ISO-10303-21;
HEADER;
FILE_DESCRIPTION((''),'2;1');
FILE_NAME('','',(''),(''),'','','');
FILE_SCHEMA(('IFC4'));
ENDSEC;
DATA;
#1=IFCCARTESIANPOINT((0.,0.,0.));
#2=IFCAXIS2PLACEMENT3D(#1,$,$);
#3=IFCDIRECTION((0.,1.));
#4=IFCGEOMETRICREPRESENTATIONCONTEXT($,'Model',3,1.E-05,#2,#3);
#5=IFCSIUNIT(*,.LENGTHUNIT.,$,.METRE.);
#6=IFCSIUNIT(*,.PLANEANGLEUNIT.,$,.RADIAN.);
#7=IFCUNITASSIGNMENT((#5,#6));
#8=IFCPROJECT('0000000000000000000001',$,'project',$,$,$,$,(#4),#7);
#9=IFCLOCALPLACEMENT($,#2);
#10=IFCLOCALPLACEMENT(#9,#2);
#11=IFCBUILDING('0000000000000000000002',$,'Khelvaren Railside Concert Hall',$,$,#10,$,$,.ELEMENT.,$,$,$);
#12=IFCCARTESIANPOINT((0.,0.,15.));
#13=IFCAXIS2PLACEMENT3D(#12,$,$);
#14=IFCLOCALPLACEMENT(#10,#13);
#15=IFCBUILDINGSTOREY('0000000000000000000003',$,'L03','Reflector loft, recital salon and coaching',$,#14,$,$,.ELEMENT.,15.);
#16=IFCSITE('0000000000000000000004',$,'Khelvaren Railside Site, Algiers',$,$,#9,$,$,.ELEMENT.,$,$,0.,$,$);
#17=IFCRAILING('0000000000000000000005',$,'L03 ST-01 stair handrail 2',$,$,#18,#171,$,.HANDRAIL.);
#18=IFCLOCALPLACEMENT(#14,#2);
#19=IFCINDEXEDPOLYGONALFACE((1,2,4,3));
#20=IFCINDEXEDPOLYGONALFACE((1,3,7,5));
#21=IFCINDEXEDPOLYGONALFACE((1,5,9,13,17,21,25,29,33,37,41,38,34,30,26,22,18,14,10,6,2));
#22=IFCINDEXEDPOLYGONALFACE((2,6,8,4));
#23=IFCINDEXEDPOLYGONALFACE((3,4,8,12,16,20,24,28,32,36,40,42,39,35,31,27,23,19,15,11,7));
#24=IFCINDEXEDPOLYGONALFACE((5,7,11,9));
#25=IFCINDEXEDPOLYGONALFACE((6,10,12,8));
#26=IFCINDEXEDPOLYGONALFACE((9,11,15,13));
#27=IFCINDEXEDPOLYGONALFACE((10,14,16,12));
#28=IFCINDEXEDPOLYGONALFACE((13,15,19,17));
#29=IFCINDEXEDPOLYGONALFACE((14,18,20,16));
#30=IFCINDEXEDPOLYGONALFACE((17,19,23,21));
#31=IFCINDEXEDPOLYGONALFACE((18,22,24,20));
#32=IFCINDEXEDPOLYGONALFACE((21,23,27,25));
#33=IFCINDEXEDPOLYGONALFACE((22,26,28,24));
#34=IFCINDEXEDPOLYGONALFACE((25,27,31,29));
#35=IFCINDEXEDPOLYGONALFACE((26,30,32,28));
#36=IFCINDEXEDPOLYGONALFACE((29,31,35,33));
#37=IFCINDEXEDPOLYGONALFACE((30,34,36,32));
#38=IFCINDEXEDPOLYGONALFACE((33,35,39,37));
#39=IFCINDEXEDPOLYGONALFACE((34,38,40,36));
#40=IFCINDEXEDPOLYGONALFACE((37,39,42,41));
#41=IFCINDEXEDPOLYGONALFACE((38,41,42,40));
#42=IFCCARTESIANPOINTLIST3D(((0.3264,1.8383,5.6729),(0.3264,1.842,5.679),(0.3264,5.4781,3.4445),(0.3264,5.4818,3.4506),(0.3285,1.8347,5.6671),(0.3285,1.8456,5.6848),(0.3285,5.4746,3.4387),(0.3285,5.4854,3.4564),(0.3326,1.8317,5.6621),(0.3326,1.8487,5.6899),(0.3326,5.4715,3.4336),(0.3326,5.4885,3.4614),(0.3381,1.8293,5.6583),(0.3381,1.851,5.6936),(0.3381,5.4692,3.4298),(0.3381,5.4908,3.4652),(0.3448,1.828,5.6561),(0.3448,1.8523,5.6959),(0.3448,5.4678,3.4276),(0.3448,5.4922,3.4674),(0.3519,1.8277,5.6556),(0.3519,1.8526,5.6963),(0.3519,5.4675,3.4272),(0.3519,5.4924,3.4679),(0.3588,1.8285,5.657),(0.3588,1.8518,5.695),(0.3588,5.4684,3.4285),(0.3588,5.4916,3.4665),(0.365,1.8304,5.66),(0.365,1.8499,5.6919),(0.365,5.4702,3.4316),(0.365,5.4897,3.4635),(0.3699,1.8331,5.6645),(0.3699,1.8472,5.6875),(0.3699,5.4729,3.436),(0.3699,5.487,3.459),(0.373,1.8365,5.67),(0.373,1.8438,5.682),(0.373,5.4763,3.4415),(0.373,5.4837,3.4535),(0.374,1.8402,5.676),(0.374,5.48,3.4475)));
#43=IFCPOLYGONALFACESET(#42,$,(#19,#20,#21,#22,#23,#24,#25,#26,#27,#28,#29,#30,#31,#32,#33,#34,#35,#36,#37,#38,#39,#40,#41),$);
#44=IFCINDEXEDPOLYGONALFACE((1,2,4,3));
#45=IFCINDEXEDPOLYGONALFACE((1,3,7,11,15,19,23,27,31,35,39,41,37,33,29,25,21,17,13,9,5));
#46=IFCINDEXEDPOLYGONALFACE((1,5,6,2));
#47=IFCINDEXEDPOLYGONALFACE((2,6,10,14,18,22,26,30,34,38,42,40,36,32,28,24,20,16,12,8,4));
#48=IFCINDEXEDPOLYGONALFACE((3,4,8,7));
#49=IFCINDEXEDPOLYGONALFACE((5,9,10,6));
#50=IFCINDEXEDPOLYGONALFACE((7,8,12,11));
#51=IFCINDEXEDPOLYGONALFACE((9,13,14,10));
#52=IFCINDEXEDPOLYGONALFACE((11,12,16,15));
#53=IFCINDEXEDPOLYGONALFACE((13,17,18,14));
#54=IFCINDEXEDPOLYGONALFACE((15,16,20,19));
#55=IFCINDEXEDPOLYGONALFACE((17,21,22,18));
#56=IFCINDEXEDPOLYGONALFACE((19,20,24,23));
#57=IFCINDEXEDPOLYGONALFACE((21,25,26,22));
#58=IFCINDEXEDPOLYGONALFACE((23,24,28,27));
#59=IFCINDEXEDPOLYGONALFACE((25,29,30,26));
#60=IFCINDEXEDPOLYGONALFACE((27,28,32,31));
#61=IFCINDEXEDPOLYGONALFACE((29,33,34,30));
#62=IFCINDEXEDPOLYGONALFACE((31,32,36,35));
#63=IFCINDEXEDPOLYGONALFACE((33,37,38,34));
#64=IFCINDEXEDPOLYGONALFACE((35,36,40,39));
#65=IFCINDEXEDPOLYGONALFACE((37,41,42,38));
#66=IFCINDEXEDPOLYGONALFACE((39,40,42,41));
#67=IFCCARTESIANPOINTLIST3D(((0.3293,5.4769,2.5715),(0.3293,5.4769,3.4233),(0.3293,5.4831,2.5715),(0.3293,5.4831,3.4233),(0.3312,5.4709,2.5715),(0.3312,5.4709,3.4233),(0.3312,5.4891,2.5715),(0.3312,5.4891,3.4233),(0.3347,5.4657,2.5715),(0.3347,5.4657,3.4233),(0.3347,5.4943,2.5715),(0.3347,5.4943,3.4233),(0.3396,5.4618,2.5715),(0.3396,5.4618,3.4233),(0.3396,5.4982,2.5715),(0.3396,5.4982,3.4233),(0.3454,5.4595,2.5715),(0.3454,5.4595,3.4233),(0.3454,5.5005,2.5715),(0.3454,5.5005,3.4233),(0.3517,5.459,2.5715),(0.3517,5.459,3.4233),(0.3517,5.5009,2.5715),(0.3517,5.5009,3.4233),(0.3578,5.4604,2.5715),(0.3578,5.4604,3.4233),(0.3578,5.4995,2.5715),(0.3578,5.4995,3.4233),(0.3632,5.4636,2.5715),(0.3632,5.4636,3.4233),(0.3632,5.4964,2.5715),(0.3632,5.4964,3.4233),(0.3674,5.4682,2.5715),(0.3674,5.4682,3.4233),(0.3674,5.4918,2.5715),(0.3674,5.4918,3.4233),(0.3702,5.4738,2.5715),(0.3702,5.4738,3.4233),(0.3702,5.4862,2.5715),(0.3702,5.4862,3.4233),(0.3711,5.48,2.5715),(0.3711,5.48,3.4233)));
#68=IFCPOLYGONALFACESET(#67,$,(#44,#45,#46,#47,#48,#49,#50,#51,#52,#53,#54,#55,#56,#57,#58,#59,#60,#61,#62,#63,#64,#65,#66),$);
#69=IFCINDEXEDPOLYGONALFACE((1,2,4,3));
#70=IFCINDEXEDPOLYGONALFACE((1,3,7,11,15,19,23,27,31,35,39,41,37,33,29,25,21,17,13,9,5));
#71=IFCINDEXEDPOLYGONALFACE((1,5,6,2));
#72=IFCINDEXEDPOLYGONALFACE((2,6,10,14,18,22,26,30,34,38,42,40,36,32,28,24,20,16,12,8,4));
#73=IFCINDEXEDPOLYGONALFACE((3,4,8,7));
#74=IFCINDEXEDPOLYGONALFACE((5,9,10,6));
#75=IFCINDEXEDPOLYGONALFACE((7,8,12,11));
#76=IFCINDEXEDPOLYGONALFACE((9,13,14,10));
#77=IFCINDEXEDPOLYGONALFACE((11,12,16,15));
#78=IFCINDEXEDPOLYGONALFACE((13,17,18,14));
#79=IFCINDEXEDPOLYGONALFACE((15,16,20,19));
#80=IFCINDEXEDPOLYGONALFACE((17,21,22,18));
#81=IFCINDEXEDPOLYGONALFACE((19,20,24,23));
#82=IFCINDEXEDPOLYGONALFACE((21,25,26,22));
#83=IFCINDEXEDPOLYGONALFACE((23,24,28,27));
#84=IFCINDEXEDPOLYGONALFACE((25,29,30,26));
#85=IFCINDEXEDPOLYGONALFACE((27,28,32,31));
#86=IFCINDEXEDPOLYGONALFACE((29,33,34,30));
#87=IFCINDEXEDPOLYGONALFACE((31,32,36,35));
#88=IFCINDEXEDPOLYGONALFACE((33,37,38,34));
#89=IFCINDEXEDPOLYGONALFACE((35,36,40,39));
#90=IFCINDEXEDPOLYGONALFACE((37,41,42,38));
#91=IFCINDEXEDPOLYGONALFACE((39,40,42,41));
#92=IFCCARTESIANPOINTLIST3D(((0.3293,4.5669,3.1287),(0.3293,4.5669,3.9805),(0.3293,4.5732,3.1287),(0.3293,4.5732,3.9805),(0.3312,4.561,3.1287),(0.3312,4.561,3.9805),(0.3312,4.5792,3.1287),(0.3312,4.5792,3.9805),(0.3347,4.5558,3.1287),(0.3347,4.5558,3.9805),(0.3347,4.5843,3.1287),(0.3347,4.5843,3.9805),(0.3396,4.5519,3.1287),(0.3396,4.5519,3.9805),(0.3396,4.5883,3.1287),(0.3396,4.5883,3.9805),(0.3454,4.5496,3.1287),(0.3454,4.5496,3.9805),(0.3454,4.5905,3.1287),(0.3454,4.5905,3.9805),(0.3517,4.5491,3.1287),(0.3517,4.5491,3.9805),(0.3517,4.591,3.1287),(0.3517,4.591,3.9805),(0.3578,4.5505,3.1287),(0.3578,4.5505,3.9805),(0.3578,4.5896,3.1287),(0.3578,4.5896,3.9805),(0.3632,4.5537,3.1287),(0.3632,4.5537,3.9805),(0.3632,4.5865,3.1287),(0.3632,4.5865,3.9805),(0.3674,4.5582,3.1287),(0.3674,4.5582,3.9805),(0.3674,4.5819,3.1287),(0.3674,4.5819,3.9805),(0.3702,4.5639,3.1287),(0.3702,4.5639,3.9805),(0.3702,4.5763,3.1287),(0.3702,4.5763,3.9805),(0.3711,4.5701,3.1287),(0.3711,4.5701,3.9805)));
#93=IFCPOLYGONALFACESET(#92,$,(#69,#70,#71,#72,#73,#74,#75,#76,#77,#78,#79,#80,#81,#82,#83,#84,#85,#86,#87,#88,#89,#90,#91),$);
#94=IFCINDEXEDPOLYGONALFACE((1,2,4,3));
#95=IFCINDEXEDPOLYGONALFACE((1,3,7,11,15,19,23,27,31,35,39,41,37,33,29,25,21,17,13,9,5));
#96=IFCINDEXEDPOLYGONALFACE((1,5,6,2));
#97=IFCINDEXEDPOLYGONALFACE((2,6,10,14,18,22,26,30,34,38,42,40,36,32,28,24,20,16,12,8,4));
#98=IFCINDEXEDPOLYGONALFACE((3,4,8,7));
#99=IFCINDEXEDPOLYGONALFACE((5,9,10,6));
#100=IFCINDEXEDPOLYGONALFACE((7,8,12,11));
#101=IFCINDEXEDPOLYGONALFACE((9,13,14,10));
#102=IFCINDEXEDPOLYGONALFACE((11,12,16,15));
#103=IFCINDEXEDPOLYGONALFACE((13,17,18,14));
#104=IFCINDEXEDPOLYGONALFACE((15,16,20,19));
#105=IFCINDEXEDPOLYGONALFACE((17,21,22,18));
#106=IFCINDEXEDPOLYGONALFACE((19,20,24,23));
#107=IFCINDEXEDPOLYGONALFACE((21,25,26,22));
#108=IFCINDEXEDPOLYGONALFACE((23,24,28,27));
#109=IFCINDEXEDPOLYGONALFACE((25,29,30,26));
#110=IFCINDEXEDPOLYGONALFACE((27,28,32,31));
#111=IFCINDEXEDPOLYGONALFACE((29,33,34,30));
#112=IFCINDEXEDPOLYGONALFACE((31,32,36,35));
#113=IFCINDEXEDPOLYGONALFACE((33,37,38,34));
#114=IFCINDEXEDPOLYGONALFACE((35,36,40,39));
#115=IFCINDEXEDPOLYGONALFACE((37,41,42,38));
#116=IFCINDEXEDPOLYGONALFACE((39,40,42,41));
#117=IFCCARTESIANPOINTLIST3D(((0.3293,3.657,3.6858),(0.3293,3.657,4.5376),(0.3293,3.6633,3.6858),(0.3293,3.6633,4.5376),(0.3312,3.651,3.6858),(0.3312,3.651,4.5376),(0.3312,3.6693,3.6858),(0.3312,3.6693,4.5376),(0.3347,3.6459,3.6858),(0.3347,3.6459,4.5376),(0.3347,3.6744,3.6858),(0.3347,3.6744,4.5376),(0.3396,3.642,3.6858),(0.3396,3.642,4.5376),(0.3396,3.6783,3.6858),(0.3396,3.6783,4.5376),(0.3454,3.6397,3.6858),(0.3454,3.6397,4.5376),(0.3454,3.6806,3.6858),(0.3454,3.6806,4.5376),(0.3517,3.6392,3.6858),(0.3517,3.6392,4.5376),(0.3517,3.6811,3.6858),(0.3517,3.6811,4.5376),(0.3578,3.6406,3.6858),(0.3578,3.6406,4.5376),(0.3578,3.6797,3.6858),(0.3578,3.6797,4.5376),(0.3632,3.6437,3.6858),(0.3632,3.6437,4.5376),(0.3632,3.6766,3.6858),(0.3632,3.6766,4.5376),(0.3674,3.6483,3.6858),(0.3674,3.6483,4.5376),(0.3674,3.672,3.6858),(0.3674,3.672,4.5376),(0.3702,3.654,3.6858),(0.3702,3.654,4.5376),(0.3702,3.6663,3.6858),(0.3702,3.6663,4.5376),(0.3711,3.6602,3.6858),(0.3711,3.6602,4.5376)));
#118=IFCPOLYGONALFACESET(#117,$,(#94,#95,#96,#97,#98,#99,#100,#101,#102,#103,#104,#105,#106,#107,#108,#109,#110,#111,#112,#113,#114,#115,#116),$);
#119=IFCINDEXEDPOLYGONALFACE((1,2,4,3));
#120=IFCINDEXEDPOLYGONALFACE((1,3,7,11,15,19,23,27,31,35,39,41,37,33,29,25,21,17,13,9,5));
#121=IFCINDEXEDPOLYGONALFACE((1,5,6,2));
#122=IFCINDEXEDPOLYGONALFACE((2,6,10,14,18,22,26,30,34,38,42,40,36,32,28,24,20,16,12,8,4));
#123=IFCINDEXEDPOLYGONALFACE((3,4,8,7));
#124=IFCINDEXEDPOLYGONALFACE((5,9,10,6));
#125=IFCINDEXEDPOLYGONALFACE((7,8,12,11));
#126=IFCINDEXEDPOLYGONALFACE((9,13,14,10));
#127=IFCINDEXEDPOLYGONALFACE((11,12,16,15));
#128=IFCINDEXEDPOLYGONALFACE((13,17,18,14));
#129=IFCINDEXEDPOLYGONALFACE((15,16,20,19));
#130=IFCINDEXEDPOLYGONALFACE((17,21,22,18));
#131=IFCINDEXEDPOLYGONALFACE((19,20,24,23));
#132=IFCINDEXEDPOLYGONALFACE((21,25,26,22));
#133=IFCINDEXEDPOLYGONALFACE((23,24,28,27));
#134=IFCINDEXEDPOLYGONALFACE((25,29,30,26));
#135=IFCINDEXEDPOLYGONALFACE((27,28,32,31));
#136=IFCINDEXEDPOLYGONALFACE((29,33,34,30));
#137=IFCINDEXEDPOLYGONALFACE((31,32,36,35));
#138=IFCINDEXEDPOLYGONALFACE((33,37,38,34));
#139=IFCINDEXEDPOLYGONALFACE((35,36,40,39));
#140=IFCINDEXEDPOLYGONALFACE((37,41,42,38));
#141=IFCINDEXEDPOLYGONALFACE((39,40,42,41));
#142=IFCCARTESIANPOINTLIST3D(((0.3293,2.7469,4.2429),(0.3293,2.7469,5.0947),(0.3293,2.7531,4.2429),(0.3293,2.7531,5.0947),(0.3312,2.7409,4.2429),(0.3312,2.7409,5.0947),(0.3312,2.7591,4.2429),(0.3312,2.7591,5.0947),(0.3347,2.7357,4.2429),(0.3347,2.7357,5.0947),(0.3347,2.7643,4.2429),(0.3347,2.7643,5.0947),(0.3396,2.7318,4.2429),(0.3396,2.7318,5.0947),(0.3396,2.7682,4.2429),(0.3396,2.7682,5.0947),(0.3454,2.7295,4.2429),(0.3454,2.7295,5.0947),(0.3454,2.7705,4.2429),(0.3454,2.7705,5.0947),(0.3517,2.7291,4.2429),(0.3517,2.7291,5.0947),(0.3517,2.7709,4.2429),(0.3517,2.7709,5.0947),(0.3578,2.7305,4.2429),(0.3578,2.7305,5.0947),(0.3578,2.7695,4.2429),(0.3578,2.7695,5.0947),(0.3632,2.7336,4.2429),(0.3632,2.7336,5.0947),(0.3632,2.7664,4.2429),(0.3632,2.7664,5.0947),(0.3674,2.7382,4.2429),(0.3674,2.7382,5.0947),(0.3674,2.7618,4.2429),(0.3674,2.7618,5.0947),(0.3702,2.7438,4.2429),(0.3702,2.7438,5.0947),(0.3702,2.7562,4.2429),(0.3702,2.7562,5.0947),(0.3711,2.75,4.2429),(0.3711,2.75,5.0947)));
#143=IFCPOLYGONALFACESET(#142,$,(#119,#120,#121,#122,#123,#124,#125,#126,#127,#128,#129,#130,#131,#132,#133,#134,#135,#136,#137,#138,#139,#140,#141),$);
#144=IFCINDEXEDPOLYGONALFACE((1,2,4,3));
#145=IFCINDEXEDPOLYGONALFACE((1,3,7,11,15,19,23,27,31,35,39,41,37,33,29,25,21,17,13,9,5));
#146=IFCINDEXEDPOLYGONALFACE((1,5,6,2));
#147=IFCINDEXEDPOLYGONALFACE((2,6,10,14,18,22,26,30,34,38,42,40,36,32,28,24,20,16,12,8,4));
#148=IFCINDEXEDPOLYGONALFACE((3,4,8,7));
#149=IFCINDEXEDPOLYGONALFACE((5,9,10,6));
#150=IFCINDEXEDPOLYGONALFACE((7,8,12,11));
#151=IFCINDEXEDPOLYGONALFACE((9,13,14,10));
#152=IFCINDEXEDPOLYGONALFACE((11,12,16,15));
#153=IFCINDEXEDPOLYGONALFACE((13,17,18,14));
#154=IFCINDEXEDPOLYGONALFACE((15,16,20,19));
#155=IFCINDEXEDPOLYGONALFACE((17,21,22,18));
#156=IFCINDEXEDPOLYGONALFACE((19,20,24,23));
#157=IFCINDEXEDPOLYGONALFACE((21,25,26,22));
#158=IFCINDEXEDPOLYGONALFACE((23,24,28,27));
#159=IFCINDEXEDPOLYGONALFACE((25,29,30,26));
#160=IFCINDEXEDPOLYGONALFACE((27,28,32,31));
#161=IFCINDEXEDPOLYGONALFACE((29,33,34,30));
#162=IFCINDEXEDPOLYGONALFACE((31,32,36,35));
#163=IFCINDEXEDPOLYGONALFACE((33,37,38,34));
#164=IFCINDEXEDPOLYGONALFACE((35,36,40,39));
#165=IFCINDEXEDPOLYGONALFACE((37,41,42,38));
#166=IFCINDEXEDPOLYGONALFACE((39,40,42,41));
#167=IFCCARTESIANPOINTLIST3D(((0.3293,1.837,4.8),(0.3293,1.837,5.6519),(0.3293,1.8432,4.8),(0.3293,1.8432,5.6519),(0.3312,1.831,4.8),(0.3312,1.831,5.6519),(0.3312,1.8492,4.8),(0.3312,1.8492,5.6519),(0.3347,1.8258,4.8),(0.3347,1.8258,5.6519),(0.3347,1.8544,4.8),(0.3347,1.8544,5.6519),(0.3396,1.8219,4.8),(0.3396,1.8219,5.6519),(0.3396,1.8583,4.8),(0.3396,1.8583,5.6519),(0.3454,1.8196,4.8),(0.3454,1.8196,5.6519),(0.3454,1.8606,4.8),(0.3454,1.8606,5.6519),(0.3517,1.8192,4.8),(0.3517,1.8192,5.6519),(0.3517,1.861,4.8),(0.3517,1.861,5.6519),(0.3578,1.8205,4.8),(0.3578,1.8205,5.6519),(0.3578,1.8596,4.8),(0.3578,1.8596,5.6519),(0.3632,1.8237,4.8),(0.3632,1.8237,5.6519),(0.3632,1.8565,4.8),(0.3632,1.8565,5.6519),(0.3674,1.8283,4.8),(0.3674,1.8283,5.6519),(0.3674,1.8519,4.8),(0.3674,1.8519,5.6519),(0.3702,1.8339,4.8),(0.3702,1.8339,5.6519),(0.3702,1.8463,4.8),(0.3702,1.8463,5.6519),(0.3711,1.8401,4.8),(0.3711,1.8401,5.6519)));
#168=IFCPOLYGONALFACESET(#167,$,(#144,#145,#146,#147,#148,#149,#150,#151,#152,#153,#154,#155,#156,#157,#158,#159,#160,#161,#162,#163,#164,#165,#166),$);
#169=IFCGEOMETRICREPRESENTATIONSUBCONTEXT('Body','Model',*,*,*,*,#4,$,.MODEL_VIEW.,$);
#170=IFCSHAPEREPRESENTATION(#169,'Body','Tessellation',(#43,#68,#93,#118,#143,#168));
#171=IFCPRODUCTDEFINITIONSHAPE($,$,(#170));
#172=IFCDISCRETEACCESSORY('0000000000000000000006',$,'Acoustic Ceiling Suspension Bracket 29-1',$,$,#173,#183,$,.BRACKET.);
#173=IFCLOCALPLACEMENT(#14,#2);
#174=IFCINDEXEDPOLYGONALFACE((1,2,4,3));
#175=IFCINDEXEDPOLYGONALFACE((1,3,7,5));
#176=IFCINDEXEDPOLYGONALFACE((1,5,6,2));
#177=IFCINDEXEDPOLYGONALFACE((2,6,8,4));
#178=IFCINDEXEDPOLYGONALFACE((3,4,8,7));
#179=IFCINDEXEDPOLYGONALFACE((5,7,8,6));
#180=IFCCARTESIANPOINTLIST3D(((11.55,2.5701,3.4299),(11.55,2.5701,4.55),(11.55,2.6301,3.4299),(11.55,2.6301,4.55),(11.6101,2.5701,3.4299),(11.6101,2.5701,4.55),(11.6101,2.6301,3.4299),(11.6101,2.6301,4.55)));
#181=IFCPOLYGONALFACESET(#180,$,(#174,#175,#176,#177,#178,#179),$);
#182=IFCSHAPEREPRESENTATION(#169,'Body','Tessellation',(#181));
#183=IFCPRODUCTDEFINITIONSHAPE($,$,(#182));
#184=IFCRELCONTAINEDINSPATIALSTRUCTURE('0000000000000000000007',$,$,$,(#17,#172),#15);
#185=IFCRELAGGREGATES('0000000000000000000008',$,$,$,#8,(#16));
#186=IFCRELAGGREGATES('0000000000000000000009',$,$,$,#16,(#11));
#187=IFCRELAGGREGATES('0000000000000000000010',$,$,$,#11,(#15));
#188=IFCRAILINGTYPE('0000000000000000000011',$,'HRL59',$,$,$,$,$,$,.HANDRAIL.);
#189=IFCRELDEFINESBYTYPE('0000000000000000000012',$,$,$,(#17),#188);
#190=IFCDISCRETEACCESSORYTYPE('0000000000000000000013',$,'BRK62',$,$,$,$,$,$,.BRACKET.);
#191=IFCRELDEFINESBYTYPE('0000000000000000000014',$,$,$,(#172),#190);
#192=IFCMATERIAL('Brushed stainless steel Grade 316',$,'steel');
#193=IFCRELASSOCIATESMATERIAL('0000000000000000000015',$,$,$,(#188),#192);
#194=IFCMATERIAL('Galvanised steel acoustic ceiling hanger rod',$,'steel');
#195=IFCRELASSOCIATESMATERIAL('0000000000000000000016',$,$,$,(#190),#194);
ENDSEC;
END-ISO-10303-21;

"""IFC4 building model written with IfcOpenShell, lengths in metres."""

from ifc_helpers import new_model, si_unit, direction, frame, origin, origin_2d, place, context, subcontext, project, spatial, rectangle, circle, extrude, material, type_object, element, save


model = new_model("IFC4")

# Units and contexts
model_context = context("Model", 3, precision=1e-05, world=origin(), true_north=direction((0.0, 1.0)))
body_context = subcontext(model_context, "Body", "Model", "MODEL_VIEW")
ifc_project = project(units=[si_unit("LENGTHUNIT", "METRE"), si_unit("PLANEANGLEUNIT", "RADIAN")], contexts=[model_context])

# Site, building, storey
site_placement = place(None, origin())
site = spatial("IfcSite", under=ifc_project, at=site_placement, Name="Khelvaren Railside Site, Algiers", CompositionType="ELEMENT", RefElevation=0.0)
building_placement = place(site_placement, origin())
building = spatial("IfcBuilding", under=site, at=building_placement, Name="Khelvaren Railside Concert Hall", CompositionType="ELEMENT")
storey_placement = place(building_placement, frame((0.0, 0.0, 15.0)))
storey = spatial("IfcBuildingStorey", under=building, at=storey_placement, Name="L03", Description="Reflector loft, recital salon and coaching", CompositionType="ELEMENT", Elevation=15.0)

# Railing
ifc_material_1 = material(Name="Brushed stainless steel Grade 316", Category="steel")
railing_type_1 = type_object("IfcRailingType", Name="HRL59", PredefinedType="HANDRAIL", material=ifc_material_1)
railing_1_placement = place(storey_placement, frame((0.3501, 5.48, 2.5715)))
element("IfcRailing", 1, at=railing_1_placement, inside=storey, type_object=railing_type_1, Name="L03 ST-01 stair handrail 2", PredefinedType="HANDRAIL", context=body_context, shape_type="SweptSolid", body=[
    extrude(circle(Radius=0.0239, at=origin_2d()), frame((0.0, 0.0, 0.876), z_axis=(0.0, -0.85285, 0.522156), x_axis=(1.0, 0.0, 0.0)), (0.0, 0.0, 1.0), 4.2678),
    extrude(circle(Radius=0.021, at=origin_2d()), origin(), (0.0, 0.0, 1.0), 0.8518),
    extrude(circle(Radius=0.021, at=origin_2d()), frame((0.0, -0.9099, 0.5571)), (0.0, 0.0, 1.0), 0.8518),
    extrude(circle(Radius=0.021, at=origin_2d()), frame((0.0, -1.8198, 1.1143)), (0.0, 0.0, 1.0), 0.8518),
    extrude(circle(Radius=0.021, at=origin_2d()), frame((0.0, -2.73, 1.6714)), (0.0, 0.0, 1.0), 0.8518),
    extrude(circle(Radius=0.021, at=origin_2d()), frame((0.0, -3.6399, 2.2285)), (0.0, 0.0, 1.0), 0.8518),
])

# Discrete accessory
ifc_material_2 = material(Name="Galvanised steel acoustic ceiling hanger rod", Category="steel")
discrete_accessory_type = type_object("IfcDiscreteAccessoryType", Name="BRK62", PredefinedType="BRACKET", material=ifc_material_2)
discrete_accessory_placement = place(storey_placement, frame((11.5801, 2.6001, 3.4299), z_axis=(0.0, 0.0, 1.0), x_axis=(1.0, 0.0, 0.0)))
element("IfcDiscreteAccessory", 2, at=discrete_accessory_placement, inside=storey, type_object=discrete_accessory_type, Name="Acoustic Ceiling Suspension Bracket 29-1", PredefinedType="BRACKET", context=body_context, shape_type="SweptSolid", body=[
    extrude(rectangle(XDim=0.0601, YDim=0.0601, at=origin_2d()), origin(), (0.0, 0.0, 1.0), 1.1201),
])

save(model, "model.ifc")
